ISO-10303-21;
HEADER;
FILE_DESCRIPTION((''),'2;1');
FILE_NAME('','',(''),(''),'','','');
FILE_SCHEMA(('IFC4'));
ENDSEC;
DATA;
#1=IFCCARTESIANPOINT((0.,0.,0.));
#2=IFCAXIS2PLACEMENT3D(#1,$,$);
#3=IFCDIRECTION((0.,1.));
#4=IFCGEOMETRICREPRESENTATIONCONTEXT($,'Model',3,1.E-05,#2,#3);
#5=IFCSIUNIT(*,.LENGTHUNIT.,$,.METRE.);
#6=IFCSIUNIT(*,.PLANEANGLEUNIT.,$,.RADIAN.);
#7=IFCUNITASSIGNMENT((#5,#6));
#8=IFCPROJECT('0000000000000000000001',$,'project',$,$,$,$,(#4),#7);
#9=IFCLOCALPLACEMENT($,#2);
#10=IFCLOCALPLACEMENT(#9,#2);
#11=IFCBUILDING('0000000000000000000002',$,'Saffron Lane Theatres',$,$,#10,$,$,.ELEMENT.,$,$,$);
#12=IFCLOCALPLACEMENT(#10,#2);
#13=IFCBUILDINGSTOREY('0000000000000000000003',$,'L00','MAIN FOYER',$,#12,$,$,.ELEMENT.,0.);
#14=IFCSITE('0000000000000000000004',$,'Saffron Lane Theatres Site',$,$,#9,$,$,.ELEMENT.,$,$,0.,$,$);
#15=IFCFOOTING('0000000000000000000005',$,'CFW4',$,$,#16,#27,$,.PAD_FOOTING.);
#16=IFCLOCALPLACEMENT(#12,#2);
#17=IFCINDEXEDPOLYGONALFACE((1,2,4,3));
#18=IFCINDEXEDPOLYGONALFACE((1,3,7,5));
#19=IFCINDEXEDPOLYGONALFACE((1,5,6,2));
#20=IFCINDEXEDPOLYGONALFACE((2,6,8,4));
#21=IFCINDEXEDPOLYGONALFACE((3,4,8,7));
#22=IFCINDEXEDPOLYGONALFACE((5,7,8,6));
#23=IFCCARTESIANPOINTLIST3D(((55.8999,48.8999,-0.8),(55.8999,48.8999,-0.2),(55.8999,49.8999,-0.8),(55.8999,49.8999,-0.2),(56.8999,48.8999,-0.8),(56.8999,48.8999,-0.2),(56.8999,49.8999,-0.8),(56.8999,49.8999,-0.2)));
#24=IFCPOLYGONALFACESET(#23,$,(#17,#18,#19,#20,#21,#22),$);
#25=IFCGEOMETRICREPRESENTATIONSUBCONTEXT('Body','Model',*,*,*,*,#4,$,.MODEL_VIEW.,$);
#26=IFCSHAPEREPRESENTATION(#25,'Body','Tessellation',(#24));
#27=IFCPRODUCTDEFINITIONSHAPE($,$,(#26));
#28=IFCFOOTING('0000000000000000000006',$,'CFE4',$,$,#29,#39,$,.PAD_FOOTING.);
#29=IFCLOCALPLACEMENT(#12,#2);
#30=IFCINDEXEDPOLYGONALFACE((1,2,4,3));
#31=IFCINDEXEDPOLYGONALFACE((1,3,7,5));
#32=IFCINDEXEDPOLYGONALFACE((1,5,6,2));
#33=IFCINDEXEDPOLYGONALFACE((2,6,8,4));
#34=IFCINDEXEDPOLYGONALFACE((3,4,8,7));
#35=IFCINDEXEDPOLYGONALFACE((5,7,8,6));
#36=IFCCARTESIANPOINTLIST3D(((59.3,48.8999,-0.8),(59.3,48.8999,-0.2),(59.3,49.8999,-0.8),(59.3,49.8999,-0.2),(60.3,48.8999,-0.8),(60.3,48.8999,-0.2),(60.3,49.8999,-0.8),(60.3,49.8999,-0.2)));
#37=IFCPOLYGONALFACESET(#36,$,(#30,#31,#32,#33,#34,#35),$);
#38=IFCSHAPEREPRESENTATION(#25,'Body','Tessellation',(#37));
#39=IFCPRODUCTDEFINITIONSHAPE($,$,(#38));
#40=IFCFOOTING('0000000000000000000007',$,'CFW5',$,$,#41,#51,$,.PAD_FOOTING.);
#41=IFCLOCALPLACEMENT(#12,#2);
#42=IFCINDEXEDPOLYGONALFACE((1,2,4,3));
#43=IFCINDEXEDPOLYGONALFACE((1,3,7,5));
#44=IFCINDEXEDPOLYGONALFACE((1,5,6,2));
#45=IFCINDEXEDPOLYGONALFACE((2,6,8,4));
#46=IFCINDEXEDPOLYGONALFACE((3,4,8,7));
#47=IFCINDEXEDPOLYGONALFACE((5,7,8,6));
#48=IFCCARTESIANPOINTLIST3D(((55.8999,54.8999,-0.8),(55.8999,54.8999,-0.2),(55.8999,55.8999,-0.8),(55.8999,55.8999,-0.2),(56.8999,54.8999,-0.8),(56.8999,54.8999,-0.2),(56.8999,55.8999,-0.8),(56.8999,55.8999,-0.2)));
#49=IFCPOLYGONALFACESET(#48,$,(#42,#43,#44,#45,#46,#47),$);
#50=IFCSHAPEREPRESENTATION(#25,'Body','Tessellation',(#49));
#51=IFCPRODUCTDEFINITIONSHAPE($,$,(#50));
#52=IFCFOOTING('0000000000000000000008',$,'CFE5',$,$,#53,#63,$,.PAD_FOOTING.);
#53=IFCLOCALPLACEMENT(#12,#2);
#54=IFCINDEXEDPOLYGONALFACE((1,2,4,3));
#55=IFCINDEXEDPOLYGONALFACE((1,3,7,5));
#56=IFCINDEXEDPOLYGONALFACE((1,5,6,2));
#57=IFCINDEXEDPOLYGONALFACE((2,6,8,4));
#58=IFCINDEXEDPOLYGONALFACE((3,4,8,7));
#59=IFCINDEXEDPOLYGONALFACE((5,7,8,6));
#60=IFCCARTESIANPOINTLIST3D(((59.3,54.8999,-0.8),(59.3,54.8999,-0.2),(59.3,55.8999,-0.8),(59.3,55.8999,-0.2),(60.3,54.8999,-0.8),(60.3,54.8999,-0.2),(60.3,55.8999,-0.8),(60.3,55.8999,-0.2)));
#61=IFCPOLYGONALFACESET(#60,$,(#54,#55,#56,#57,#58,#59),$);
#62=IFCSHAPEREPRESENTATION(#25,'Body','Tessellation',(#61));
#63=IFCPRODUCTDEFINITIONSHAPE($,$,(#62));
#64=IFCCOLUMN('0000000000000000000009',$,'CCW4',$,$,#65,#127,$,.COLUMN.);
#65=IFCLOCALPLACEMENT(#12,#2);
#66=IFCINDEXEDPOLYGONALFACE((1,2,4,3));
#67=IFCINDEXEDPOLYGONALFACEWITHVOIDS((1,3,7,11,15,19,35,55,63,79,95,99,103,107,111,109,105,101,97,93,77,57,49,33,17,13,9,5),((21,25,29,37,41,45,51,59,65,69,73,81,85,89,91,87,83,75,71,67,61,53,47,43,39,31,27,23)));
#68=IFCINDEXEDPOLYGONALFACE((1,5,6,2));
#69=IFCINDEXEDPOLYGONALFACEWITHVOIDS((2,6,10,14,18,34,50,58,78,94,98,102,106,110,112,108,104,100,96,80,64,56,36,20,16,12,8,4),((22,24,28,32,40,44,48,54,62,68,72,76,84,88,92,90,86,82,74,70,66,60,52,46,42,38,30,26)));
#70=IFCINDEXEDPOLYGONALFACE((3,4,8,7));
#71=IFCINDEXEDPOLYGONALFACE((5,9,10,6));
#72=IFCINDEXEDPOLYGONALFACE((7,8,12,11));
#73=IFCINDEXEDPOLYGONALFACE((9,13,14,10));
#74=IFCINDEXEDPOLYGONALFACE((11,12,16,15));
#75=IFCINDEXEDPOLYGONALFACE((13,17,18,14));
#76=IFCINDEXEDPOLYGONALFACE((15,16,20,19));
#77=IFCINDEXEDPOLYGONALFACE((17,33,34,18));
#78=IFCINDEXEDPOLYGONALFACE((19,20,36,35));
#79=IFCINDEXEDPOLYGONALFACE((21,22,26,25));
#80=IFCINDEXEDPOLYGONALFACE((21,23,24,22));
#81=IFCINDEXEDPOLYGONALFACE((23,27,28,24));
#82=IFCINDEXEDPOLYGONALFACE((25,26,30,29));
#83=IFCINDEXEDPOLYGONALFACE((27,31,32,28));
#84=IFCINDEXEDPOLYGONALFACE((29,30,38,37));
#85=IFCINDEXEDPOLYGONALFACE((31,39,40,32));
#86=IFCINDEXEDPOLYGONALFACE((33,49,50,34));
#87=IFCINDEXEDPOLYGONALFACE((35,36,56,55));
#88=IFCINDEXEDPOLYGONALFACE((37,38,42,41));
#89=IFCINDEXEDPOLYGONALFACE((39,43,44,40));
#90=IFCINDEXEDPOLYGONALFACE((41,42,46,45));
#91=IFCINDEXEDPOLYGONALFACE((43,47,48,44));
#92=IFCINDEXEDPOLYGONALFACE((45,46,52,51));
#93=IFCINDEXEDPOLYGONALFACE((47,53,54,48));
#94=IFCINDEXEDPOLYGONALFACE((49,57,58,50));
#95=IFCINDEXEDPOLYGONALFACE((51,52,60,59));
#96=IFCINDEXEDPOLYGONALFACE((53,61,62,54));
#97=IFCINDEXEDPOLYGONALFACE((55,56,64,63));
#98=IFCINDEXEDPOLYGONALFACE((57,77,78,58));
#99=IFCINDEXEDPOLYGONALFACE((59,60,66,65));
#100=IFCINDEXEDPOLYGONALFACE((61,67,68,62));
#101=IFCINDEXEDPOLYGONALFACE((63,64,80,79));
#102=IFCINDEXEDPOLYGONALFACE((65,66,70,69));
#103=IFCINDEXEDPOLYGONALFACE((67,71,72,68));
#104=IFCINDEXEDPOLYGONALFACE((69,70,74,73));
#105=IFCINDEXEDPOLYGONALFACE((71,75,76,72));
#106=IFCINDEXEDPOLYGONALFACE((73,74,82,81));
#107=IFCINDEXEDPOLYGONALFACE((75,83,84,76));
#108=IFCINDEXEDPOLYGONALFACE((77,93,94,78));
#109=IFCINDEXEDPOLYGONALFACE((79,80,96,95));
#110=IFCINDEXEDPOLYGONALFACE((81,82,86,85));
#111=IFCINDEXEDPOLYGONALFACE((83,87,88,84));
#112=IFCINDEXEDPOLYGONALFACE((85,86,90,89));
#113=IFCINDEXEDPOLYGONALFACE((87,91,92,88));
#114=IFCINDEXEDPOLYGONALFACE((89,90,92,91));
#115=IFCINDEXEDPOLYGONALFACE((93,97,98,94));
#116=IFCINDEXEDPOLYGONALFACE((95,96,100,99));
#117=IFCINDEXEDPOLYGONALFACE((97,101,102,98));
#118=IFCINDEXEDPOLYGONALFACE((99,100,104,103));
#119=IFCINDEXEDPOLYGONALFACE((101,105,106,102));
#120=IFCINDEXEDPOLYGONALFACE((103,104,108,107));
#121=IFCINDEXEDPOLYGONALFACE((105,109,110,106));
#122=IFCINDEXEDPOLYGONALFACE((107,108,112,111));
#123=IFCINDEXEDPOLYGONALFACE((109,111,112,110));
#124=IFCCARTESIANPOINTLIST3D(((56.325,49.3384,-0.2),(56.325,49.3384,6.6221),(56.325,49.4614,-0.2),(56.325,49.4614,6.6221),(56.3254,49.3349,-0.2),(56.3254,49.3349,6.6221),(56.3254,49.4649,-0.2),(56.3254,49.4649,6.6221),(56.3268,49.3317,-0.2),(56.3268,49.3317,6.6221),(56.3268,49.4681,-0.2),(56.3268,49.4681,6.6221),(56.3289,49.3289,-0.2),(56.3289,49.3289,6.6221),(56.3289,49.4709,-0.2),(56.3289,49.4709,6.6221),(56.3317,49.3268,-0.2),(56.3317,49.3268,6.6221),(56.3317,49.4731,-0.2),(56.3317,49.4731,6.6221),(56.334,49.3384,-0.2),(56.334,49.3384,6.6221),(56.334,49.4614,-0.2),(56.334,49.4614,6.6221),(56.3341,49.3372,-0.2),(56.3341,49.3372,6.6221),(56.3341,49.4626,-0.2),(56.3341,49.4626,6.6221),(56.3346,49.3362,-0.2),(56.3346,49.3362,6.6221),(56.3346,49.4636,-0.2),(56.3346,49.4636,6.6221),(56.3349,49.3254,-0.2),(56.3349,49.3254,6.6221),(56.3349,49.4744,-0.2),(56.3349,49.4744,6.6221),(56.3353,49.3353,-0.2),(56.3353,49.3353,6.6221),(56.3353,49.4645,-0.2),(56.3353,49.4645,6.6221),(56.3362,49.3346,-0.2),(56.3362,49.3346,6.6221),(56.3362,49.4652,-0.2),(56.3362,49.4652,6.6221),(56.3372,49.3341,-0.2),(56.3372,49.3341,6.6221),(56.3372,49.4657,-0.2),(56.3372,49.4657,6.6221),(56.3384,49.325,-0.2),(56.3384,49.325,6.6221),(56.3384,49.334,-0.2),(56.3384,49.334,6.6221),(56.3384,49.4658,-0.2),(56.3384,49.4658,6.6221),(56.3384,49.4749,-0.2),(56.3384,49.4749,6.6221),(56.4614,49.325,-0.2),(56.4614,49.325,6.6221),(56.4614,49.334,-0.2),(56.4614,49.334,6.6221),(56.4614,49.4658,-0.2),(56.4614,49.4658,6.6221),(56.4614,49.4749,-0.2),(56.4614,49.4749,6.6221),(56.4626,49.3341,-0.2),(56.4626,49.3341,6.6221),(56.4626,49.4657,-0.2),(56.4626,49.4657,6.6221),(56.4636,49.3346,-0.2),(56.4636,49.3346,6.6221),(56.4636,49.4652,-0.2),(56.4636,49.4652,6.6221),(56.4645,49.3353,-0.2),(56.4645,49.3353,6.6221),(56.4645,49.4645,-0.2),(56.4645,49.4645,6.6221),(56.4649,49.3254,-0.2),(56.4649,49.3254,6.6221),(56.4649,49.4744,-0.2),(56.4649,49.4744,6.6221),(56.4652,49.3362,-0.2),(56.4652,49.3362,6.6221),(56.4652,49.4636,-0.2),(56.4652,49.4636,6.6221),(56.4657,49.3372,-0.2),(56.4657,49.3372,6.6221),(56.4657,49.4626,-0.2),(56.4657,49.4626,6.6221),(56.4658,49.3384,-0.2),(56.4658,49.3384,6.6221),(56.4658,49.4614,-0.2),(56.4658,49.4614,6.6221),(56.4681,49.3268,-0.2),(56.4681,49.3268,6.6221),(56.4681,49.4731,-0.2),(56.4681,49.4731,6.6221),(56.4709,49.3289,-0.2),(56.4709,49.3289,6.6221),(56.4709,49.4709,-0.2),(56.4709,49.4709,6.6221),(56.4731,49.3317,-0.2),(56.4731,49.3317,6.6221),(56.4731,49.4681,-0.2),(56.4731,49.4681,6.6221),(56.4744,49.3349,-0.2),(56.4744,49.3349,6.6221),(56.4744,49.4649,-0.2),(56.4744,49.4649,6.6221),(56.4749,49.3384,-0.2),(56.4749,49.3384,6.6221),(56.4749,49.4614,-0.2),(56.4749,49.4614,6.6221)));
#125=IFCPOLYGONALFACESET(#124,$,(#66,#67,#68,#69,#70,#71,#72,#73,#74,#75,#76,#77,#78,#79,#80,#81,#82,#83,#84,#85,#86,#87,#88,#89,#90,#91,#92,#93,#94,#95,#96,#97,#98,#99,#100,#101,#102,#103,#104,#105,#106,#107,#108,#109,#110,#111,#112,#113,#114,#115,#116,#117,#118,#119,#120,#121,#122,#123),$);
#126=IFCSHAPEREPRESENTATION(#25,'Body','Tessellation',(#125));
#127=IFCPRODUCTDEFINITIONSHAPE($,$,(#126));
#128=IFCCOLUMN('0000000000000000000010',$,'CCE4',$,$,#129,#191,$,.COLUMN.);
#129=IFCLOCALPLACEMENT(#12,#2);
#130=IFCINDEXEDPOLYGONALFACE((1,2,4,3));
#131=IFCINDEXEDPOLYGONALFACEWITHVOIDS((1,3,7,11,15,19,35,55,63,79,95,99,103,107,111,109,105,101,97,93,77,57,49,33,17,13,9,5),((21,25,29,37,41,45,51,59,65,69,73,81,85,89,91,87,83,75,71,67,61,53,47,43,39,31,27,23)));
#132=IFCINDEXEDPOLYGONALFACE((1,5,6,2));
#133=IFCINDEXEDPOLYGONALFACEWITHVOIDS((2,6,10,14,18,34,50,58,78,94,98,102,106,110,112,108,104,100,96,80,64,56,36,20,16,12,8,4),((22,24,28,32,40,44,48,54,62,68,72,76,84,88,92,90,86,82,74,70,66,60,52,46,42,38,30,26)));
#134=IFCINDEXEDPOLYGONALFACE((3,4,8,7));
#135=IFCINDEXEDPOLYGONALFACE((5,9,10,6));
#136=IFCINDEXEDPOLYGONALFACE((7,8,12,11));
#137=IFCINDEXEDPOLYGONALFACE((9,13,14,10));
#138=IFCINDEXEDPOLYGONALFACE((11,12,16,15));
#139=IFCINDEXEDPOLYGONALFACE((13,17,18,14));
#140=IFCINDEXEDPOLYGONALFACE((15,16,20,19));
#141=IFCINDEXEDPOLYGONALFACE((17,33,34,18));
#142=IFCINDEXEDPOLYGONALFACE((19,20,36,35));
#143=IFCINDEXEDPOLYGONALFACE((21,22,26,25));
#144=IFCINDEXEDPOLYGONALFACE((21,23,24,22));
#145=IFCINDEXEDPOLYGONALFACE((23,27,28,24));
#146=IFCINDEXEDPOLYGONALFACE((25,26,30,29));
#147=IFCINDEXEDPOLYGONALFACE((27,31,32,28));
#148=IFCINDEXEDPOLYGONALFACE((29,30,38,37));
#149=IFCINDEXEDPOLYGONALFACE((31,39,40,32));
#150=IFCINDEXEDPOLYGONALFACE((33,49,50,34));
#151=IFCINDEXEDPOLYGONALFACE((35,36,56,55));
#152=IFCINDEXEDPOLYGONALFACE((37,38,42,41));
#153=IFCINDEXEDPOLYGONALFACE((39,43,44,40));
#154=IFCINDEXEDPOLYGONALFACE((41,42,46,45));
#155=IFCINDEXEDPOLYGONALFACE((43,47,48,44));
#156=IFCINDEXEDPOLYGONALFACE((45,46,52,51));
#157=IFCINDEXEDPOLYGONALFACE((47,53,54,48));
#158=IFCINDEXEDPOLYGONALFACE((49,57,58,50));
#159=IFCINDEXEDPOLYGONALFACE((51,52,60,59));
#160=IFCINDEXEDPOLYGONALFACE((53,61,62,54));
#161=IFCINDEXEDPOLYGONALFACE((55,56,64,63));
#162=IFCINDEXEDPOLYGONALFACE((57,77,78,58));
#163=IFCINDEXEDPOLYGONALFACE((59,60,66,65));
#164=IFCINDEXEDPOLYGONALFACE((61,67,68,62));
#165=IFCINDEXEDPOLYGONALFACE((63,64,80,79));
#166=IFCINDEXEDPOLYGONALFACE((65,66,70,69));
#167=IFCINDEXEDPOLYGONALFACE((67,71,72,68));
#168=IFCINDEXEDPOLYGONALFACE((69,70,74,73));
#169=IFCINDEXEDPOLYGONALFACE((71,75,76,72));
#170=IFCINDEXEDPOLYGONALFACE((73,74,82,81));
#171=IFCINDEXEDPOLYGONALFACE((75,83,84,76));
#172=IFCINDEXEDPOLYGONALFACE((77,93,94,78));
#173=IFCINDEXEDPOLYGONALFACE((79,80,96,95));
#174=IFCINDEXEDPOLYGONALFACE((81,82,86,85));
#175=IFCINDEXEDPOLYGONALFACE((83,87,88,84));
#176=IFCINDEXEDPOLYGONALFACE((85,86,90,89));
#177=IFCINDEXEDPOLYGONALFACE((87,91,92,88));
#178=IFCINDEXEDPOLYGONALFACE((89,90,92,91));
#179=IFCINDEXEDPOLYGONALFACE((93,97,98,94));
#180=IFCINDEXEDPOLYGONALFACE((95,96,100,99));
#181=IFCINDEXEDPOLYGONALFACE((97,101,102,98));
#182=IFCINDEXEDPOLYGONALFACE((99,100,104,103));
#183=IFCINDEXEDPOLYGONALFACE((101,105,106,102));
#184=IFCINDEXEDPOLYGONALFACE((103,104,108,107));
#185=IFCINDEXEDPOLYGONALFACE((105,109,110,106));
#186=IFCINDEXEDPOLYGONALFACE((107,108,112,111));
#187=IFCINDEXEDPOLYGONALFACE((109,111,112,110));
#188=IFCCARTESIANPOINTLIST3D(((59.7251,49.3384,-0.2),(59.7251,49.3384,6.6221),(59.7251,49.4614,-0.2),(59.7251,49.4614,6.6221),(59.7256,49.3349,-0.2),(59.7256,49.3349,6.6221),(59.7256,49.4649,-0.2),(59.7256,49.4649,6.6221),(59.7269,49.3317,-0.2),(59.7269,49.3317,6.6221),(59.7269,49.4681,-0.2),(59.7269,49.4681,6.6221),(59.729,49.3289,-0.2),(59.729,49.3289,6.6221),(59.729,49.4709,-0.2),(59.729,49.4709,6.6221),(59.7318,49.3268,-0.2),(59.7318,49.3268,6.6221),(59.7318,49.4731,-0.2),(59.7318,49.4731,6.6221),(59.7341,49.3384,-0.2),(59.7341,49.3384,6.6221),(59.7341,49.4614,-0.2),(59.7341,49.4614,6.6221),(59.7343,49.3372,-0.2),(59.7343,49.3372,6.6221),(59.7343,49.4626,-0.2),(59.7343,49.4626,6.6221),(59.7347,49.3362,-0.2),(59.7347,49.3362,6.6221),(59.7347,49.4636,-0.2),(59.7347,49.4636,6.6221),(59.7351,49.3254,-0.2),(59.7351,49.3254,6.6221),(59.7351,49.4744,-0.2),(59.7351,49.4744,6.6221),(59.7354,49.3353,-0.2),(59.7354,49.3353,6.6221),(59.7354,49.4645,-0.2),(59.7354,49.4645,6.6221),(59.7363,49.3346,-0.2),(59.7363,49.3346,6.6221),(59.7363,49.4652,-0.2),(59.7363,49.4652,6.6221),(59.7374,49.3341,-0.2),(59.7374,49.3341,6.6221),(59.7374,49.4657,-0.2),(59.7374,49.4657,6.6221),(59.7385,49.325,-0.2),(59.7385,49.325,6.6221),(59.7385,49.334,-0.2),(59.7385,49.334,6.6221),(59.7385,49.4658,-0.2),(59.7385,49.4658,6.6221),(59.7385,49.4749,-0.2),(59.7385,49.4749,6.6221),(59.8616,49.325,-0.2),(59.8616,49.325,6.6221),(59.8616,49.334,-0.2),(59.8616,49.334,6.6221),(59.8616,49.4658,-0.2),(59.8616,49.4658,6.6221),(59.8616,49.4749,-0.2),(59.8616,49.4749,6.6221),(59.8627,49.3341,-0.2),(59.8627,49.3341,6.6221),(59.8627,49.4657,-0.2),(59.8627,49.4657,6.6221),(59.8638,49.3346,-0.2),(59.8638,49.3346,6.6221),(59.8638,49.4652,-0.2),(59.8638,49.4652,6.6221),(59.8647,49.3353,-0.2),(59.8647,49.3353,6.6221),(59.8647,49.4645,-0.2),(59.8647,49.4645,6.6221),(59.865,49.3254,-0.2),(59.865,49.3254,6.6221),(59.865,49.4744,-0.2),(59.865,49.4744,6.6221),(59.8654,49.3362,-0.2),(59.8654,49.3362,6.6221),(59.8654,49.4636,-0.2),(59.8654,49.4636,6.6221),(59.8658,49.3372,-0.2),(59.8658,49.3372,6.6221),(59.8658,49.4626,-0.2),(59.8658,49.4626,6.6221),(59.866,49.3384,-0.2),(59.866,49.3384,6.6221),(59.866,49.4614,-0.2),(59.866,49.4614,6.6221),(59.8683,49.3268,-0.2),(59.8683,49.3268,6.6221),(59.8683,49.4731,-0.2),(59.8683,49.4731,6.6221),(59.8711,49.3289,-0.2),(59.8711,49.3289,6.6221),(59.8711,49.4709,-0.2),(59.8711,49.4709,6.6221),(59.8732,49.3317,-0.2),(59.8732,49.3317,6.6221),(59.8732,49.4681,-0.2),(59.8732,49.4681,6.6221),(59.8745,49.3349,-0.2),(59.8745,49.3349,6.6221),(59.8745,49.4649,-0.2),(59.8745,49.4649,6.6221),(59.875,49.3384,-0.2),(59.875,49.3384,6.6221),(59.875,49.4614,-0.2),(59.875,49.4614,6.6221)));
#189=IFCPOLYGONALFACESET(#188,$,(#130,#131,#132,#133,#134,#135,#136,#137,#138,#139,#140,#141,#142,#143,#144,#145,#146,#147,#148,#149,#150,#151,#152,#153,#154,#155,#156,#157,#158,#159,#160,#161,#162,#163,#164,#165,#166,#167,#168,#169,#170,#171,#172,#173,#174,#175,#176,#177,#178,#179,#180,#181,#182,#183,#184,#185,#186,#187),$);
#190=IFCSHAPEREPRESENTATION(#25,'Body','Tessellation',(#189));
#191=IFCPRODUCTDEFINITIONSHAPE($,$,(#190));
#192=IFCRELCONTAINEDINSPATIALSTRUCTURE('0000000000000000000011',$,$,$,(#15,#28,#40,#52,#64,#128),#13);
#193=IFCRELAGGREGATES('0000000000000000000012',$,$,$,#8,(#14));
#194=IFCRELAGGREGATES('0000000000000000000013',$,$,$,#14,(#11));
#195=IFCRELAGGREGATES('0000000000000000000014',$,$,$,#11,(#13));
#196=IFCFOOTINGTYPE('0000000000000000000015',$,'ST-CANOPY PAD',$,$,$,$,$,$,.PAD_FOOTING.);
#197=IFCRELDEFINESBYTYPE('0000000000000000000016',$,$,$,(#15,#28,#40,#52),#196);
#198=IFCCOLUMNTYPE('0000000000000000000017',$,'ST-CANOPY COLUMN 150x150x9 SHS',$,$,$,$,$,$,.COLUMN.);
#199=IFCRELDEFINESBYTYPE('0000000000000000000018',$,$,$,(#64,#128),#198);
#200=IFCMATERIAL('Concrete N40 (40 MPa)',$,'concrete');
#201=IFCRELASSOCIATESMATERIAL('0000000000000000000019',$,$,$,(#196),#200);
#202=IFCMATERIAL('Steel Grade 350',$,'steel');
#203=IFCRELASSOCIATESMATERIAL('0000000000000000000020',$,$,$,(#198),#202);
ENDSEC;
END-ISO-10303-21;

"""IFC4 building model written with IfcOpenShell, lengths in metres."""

from ifc_helpers import new_model, si_unit, direction, frame, origin, origin_2d, place, context, subcontext, project, spatial, rectangle, hollow_rectangle, extrude, material, material_profile, profile_set, type_object, element, save


model = new_model("IFC4")

# Units and contexts
model_context = context("Model", 3, precision=1e-05, world=origin(), true_north=direction((0.0, 1.0)))
body_context = subcontext(model_context, "Body", "Model", "MODEL_VIEW")
ifc_project = project(units=[si_unit("LENGTHUNIT", "METRE"), si_unit("PLANEANGLEUNIT", "RADIAN")], contexts=[model_context])

# Site, building, storey
site_placement = place(None, origin())
site = spatial("IfcSite", under=ifc_project, at=site_placement, Name="Saffron Lane Theatres Site", CompositionType="ELEMENT", RefElevation=0.0)
building_placement = place(site_placement, origin())
building = spatial("IfcBuilding", under=site, at=building_placement, Name="Saffron Lane Theatres", CompositionType="ELEMENT")
storey_placement = place(building_placement, origin())
storey = spatial("IfcBuildingStorey", under=building, at=storey_placement, Name="L00", Description="MAIN FOYER", CompositionType="ELEMENT", Elevation=0.0)

# Footings
ifc_material_1 = material(Name="Concrete N40 (40 MPa)", Category="concrete")
footing_type = type_object("IfcFootingType", Name="ST-CANOPY PAD", PredefinedType="PAD_FOOTING", material=ifc_material_1)
for number, where, z_axis, x_axis, name in (
    (1, (56.3999, 49.3999, -0.8), (0.0, 0.0, 1.0), (1.0, 0.0, 0.0), "CFW4"),
    (2, (59.8, 49.3999, -0.8), (0.0, 0.0, 1.0), (1.0, 0.0, 0.0), "CFE4"),
    (3, (56.3999, 55.3999, -0.8), (0.0, 0.0, 1.0), (1.0, 0.0, 0.0), "CFW5"),
    (4, (59.8, 55.3999, -0.8), (0.0, 0.0, 1.0), (1.0, 0.0, 0.0), "CFE5"),
):
    element("IfcFooting", number, at=place(storey_placement, frame(where, z_axis=z_axis, x_axis=x_axis)), inside=storey, type_object=footing_type, Name=name, PredefinedType="PAD_FOOTING", context=body_context, shape_type="SweptSolid", body=[
        extrude(rectangle(XDim=1.0, YDim=1.0, at=origin_2d()), origin(), (0.0, 0.0, 1.0), 0.6001),
    ])

# Columns
ifc_material_2 = material(Name="Steel Grade 350", Category="steel")
ifc_material_profile_1 = material_profile(ifc_material_2, hollow_rectangle(XDim=0.1499, YDim=0.1499, WallThickness=0.009, InnerFilletRadius=0.0044, OuterFilletRadius=0.0134, at=origin_2d()))
ifc_profile_set_1 = profile_set([ifc_material_profile_1], Name="Steel Grade 350")
column_type = type_object("IfcColumnType", Name="ST-CANOPY COLUMN 150x150x9 SHS", PredefinedType="COLUMN", material=ifc_profile_set_1)
for number, where, z_axis, x_axis, name in (
    (5, (56.3999, 49.3999, -0.2), (0.0, 0.0, 1.0), (1.0, 0.0, 0.0), "CCW4"),
    (6, (59.8, 49.3999, -0.2), (0.0, 0.0, 1.0), (1.0, 0.0, 0.0), "CCE4"),
):
    element("IfcColumn", number, at=place(storey_placement, frame(where, z_axis=z_axis, x_axis=x_axis)), inside=storey, type_object=column_type, Name=name, PredefinedType="COLUMN", context=body_context, shape_type="SweptSolid", body=[
        extrude(hollow_rectangle(XDim=0.1499, YDim=0.1499, WallThickness=0.009, InnerFilletRadius=0.0044, OuterFilletRadius=0.0134, at=origin_2d()), origin(), (0.0, 0.0, 1.0), 6.822),
    ])

save(model, "model.ifc")
